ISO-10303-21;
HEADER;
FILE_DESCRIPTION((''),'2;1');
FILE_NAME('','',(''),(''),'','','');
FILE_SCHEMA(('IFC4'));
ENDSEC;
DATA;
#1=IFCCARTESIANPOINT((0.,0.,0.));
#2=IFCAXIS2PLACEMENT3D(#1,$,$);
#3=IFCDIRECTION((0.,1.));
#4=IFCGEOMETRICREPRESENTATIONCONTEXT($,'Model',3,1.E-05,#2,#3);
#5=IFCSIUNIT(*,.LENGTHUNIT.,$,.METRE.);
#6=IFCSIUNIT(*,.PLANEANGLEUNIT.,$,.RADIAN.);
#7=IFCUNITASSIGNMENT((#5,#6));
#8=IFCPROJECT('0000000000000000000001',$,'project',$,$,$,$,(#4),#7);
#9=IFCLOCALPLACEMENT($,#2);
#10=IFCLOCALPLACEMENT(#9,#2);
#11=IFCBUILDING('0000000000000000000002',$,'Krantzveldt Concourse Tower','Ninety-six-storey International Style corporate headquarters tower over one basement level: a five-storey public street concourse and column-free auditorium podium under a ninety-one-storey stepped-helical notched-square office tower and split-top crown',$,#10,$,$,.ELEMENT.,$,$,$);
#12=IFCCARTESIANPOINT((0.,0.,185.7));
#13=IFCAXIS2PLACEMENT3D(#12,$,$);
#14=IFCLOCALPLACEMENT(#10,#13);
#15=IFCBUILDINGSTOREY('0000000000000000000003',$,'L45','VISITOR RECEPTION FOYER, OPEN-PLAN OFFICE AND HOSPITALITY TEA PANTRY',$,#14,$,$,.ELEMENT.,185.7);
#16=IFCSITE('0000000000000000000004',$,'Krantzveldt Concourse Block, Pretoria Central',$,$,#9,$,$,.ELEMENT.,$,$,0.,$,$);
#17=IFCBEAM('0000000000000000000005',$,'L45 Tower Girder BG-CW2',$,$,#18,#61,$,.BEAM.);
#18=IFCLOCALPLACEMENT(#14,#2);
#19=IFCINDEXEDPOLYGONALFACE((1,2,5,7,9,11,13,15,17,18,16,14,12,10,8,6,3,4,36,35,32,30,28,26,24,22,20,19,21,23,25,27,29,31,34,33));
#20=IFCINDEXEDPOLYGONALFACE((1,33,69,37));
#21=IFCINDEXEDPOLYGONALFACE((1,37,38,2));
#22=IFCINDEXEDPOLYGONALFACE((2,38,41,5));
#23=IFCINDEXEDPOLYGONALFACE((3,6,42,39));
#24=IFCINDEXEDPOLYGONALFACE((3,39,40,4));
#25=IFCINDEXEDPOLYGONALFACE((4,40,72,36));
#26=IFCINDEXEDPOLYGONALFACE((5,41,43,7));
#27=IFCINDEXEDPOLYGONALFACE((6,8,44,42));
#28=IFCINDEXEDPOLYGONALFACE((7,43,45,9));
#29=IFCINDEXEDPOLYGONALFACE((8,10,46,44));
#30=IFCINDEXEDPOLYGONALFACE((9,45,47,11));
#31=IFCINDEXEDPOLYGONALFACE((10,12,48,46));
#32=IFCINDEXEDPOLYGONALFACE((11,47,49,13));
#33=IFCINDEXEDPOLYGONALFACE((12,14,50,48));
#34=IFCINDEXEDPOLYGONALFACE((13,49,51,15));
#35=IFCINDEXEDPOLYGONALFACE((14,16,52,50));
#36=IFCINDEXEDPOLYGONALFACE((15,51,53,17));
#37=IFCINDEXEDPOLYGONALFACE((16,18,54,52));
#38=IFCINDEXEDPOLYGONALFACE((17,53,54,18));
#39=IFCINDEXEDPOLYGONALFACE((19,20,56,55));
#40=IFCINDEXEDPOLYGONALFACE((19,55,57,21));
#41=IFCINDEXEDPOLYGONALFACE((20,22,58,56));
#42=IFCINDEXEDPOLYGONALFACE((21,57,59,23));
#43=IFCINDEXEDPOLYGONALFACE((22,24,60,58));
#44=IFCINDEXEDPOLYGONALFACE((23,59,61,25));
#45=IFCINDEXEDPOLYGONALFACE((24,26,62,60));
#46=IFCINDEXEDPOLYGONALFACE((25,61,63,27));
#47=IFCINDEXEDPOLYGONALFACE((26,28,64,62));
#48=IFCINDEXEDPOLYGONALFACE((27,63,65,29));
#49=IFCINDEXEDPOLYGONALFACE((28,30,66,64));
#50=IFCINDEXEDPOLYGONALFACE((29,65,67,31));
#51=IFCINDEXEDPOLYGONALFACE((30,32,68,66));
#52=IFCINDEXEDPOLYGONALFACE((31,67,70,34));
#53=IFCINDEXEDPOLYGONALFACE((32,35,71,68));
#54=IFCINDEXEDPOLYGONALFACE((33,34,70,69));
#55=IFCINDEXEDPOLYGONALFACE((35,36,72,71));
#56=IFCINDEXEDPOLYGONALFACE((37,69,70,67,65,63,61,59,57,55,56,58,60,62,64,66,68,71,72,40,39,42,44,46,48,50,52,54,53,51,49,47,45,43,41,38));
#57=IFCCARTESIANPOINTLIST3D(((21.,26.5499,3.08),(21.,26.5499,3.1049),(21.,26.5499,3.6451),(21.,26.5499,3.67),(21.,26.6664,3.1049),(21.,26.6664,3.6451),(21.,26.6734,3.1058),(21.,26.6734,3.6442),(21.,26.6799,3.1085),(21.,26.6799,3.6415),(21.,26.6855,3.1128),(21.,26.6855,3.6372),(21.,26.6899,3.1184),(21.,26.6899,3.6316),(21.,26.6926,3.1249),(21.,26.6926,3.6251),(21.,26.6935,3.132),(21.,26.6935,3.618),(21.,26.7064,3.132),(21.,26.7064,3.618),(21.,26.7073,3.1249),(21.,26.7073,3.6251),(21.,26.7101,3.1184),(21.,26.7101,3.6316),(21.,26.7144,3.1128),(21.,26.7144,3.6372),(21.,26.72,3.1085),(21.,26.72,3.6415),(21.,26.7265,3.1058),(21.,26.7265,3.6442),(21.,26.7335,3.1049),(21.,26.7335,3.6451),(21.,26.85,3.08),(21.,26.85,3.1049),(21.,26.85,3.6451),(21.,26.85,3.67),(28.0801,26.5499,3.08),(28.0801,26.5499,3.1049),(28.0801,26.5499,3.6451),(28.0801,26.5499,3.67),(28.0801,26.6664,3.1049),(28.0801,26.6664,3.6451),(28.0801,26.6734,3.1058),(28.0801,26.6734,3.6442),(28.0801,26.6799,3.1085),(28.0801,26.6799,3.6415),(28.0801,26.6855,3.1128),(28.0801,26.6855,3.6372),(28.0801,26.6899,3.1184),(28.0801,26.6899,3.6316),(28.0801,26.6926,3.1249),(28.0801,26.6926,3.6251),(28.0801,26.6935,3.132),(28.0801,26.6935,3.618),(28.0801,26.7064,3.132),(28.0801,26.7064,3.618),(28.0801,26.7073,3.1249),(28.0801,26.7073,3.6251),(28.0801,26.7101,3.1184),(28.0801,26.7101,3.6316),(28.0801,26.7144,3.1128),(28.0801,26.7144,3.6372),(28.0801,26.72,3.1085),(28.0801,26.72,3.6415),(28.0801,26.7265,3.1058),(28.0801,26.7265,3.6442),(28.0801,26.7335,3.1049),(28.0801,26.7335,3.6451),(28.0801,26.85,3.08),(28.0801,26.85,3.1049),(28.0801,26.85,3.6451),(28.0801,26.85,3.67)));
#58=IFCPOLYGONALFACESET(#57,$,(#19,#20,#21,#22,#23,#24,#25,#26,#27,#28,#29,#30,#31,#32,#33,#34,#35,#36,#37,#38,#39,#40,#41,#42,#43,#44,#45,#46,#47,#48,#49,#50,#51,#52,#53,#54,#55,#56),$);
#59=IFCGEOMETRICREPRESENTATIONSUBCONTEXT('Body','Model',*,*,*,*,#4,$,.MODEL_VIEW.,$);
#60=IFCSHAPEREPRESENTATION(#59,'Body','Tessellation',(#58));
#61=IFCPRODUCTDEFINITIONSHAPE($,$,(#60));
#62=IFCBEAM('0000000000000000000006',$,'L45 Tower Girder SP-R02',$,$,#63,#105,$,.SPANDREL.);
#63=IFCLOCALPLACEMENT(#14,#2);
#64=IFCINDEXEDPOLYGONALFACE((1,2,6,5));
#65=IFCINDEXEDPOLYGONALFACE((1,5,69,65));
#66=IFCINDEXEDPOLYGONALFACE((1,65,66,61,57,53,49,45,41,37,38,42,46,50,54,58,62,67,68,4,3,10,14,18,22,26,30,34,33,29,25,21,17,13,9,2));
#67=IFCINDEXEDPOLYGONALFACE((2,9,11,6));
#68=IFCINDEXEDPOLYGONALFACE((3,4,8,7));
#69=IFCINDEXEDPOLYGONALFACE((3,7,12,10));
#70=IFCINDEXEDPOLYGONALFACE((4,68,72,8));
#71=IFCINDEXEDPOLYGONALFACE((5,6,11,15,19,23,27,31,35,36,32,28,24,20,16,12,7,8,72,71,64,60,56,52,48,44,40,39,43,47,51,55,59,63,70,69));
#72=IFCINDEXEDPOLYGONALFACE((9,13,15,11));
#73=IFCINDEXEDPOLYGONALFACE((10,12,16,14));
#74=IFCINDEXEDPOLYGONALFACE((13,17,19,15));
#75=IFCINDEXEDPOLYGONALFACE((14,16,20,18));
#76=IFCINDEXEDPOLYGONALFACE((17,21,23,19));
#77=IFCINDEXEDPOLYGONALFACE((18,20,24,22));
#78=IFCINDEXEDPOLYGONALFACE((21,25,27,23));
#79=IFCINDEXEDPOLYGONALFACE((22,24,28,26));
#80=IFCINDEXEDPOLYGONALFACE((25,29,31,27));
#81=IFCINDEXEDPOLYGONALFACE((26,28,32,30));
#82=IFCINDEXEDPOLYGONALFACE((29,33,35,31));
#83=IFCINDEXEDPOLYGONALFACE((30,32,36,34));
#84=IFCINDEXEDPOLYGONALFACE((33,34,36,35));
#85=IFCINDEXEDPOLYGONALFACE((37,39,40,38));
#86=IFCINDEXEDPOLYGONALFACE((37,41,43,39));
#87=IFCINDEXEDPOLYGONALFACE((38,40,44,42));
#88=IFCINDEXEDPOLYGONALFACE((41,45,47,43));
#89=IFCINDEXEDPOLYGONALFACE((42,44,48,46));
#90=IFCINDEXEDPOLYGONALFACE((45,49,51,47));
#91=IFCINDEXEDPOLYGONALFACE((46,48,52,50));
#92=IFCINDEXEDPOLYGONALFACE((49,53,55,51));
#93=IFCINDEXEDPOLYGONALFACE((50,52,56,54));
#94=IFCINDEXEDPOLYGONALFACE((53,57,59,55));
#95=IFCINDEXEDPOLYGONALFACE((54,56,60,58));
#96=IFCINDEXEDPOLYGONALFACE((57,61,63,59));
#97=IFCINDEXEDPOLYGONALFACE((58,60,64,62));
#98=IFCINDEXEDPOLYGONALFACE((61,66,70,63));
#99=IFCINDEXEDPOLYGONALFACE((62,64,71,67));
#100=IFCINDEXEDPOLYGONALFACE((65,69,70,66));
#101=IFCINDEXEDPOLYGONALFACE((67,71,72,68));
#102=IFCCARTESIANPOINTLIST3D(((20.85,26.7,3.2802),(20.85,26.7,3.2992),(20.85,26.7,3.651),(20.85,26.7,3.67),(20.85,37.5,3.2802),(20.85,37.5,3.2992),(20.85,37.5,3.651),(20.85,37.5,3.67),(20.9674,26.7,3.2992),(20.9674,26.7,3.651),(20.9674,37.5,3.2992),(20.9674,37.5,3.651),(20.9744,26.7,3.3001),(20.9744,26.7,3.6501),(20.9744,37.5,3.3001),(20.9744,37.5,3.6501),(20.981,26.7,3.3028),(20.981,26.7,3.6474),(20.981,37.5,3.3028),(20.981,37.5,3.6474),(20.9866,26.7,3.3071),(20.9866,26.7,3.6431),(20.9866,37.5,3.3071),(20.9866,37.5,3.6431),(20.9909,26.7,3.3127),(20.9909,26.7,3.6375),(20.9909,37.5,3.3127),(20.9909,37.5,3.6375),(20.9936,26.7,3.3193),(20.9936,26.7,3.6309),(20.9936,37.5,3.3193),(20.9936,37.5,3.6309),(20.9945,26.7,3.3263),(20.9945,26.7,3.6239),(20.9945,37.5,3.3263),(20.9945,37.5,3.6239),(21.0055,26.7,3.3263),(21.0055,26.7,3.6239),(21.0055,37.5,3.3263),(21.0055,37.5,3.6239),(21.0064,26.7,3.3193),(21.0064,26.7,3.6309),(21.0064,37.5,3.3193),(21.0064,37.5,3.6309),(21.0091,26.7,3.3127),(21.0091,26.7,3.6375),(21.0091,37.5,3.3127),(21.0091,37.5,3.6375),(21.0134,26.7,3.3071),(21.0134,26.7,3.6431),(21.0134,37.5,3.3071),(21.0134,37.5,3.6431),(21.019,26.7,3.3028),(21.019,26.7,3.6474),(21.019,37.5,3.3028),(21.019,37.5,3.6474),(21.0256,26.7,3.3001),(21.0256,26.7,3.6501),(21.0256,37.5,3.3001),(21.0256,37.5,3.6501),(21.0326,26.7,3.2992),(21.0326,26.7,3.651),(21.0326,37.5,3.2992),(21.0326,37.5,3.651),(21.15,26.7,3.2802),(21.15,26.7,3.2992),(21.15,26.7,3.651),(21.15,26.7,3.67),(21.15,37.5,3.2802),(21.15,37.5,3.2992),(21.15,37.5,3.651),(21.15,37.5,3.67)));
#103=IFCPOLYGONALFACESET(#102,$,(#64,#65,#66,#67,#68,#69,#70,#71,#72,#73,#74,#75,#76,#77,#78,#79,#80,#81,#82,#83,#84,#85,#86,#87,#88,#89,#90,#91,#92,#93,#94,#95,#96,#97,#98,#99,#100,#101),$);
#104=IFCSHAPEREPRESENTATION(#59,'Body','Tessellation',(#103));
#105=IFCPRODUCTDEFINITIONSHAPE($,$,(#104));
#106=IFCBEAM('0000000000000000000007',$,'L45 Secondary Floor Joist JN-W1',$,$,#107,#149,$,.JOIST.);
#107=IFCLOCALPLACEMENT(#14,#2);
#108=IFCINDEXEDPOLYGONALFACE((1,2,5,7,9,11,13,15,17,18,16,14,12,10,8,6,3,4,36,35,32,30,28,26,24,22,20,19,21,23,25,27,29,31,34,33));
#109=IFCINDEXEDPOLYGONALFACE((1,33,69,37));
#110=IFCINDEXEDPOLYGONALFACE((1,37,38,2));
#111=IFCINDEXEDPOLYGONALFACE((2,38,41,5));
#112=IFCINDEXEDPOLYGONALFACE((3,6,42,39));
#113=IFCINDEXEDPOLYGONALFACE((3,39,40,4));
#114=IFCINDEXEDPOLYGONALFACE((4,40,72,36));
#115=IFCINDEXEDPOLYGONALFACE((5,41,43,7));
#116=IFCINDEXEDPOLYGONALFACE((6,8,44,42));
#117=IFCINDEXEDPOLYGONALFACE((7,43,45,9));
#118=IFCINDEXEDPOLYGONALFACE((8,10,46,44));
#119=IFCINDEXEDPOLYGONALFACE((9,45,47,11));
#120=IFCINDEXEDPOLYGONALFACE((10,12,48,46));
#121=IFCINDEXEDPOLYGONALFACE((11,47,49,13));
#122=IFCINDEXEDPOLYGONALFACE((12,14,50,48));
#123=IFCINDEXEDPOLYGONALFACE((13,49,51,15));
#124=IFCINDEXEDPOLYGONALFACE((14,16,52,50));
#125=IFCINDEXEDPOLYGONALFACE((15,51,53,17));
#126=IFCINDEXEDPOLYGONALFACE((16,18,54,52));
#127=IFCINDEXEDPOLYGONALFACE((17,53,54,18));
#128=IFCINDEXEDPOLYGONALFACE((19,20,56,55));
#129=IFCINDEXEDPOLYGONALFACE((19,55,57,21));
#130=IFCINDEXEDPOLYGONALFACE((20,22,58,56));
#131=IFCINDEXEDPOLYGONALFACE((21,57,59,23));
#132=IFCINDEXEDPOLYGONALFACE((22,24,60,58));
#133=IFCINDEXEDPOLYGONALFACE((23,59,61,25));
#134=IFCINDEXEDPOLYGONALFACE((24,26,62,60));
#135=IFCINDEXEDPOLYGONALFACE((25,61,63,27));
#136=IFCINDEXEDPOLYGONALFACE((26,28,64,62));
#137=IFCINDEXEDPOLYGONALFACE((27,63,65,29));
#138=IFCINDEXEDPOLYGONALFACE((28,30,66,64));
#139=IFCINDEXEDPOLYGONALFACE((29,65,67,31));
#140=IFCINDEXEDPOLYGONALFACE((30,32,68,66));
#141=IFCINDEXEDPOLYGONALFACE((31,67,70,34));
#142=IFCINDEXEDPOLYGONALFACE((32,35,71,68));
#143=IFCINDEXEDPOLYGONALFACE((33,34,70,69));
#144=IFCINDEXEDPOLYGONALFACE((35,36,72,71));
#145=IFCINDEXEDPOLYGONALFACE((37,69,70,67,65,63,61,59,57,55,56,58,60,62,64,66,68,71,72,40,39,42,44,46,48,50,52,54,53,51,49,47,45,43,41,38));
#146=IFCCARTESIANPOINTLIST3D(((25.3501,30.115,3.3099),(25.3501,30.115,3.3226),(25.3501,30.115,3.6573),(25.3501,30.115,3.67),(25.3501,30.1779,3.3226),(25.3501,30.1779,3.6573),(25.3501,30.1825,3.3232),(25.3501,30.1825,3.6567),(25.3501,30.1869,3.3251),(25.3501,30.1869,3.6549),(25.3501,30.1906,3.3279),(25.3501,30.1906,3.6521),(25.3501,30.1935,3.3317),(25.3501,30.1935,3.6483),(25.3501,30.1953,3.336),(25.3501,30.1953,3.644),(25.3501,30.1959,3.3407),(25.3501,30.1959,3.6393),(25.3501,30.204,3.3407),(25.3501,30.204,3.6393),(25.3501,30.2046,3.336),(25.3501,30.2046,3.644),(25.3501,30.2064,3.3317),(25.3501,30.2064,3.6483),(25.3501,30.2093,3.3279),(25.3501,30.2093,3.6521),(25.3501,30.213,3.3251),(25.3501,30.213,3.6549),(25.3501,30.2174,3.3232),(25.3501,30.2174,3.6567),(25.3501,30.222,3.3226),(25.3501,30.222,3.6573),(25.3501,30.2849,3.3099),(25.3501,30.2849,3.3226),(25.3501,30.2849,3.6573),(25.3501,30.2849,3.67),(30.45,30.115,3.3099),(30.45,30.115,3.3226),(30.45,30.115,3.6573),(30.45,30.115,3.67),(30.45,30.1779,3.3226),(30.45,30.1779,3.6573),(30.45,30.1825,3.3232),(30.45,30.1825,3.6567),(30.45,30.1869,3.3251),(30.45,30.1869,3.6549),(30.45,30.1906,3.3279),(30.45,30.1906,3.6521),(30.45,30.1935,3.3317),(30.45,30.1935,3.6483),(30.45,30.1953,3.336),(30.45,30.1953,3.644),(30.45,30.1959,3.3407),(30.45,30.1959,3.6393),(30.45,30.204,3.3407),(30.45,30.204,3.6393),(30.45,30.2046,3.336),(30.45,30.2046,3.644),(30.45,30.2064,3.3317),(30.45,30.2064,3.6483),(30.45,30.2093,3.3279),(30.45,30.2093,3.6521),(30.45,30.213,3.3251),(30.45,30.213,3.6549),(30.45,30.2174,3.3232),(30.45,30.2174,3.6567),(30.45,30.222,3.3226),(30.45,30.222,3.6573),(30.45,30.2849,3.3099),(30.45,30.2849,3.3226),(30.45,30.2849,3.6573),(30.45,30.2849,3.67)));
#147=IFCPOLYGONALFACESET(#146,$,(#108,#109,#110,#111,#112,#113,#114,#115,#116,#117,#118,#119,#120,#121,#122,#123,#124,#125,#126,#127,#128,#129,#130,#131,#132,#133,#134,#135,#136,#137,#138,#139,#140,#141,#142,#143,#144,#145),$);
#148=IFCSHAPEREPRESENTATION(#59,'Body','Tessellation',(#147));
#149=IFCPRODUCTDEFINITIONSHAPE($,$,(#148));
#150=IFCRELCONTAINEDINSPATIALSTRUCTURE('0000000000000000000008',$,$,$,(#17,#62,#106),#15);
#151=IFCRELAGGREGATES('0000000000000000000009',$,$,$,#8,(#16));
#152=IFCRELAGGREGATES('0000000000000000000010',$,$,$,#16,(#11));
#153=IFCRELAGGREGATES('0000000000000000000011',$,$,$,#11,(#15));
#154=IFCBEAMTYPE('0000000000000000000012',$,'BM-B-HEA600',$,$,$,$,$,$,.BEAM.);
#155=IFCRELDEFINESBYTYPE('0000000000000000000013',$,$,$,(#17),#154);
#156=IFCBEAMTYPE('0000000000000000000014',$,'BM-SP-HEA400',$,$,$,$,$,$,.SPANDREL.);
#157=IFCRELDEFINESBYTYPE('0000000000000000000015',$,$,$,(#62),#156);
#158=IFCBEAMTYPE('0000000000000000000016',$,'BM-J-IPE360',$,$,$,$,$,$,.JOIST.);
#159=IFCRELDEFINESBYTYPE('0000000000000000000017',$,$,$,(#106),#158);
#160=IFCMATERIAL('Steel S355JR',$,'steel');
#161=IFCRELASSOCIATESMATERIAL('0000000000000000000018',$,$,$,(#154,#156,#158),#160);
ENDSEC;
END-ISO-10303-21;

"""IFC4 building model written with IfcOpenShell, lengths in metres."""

from ifc_helpers import new_model, si_unit, direction, frame, origin, origin_2d, place, context, subcontext, project, spatial, i_section, extrude, source, transform, mapped, material, material_profile, profile_set, type_object, type_shapes, element, save


model = new_model("IFC4")

# Units and contexts
model_context = context("Model", 3, precision=1e-05, world=origin(), true_north=direction((0.0, 1.0)))
body_context = subcontext(model_context, "Body", "Model", "MODEL_VIEW")
ifc_project = project(units=[si_unit("LENGTHUNIT", "METRE"), si_unit("PLANEANGLEUNIT", "RADIAN")], contexts=[model_context])

# Site, building, storey
site_placement = place(None, origin())
site = spatial("IfcSite", under=ifc_project, at=site_placement, Name="Krantzveldt Concourse Block, Pretoria Central", CompositionType="ELEMENT", RefElevation=0.0)
building_placement = place(site_placement, origin())
building = spatial("IfcBuilding", under=site, at=building_placement, Name="Krantzveldt Concourse Tower", Description="Ninety-six-storey International Style corporate headquarters tower over one basement level: a five-storey public street concourse and column-free auditorium podium under a ninety-one-storey stepped-helical notched-square office tower and split-top crown", CompositionType="ELEMENT")
storey_placement = place(building_placement, frame((0.0, 0.0, 185.7)))
storey = spatial("IfcBuildingStorey", under=building, at=storey_placement, Name="L45", Description="VISITOR RECEPTION FOYER, OPEN-PLAN OFFICE AND HOSPITALITY TEA PANTRY", CompositionType="ELEMENT", Elevation=185.7)

# Beams
ifc_material_1 = material(Name="Steel S355JR", Category="steel")
ifc_material_profile_1 = material_profile(ifc_material_1, i_section(OverallWidth=0.3, OverallDepth=0.5901, WebThickness=0.0129, FlangeThickness=0.0249, FilletRadius=0.0271, at=origin_2d()), Name="Steel S355JR", Category="steel")
ifc_profile_set_1 = profile_set([ifc_material_profile_1], Name="Steel S355JR - HEA 600")
beam_type_1 = type_object("IfcBeamType", Name="BM-B-HEA600", PredefinedType="BEAM", material=ifc_profile_set_1)
shared_shape_1 = source(origin(), body_context, "Body", "SweptSolid", [
    extrude(i_section(OverallWidth=0.3, OverallDepth=0.5901, WebThickness=0.0129, FlangeThickness=0.0249, FilletRadius=0.0271, at=origin_2d()), origin(), (0.0, 0.0, 1.0), 7.0801),
])
type_shapes(beam_type_1, [shared_shape_1])
beam_1_placement = place(storey_placement, frame((21.0, 26.7, 3.375), z_axis=(1.0, 0.0, 0.0), x_axis=(0.0, 1.0, 0.0)))
element("IfcBeam", 1, at=beam_1_placement, inside=storey, type_object=beam_type_1, Name="L45 Tower Girder BG-CW2", PredefinedType="BEAM", context=body_context, shape_type="MappedRepresentation", body=[
    mapped(shared_shape_1, transform((0.0, 0.0, 0.0), x_axis=(1.0, 0.0, 0.0), y_axis=(0.0, 1.0, 0.0), z_axis=(0.0, 0.0, 1.0), scale=1.0)),
])
ifc_material_profile_2 = material_profile(ifc_material_1, i_section(OverallWidth=0.3, OverallDepth=0.3899, WebThickness=0.011, FlangeThickness=0.019, FilletRadius=0.0271, at=origin_2d()), Name="Steel S355JR", Category="steel")
ifc_profile_set_2 = profile_set([ifc_material_profile_2], Name="Steel S355JR - HEA 400")
beam_type_2 = type_object("IfcBeamType", Name="BM-SP-HEA400", PredefinedType="SPANDREL", material=ifc_profile_set_2)
shared_shape_2 = source(origin(), body_context, "Body", "SweptSolid", [
    extrude(i_section(OverallWidth=0.3, OverallDepth=0.3899, WebThickness=0.011, FlangeThickness=0.019, FilletRadius=0.0271, at=origin_2d()), origin(), (0.0, 0.0, 1.0), 10.8),
])
type_shapes(beam_type_2, [shared_shape_2])
beam_2_placement = place(storey_placement, frame((21.0, 26.7, 3.4751), z_axis=(0.0, 1.0, 0.0), x_axis=(-1.0, 0.0, 0.0)))
element("IfcBeam", 2, at=beam_2_placement, inside=storey, type_object=beam_type_2, Name="L45 Tower Girder SP-R02", PredefinedType="SPANDREL", context=body_context, shape_type="MappedRepresentation", body=[
    mapped(shared_shape_2, transform((0.0, 0.0, 0.0), x_axis=(1.0, 0.0, 0.0), y_axis=(0.0, 1.0, 0.0), z_axis=(0.0, 0.0, 1.0), scale=1.0)),
])
ifc_material_profile_3 = material_profile(ifc_material_1, i_section(OverallWidth=0.1699, OverallDepth=0.3601, WebThickness=0.0081, FlangeThickness=0.0127, FilletRadius=0.0181, at=origin_2d()), Name="Steel S355JR", Category="steel")
ifc_profile_set_3 = profile_set([ifc_material_profile_3], Name="Steel S355JR - IPE 360")
beam_type_3 = type_object("IfcBeamType", Name="BM-J-IPE360", PredefinedType="JOIST", material=ifc_profile_set_3)
shared_shape_3 = source(origin(), body_context, "Body", "SweptSolid", [
    extrude(i_section(OverallWidth=0.1699, OverallDepth=0.3601, WebThickness=0.0081, FlangeThickness=0.0127, FilletRadius=0.0181, at=origin_2d()), origin(), (0.0, 0.0, 1.0), 5.0999),
])
type_shapes(beam_type_3, [shared_shape_3])
for number, where, z_axis, x_axis, name in (
    (3, (25.3501, 30.2, 3.49), (1.0, 0.0, 0.0), (0.0, 1.0, 0.0), "L45 Secondary Floor Joist JN-W1"),
):
    element("IfcBeam", number, at=place(storey_placement, frame(where, z_axis=z_axis, x_axis=x_axis)), inside=storey, type_object=beam_type_3, Name=name, PredefinedType="JOIST", context=body_context, shape_type="MappedRepresentation", body=[
        mapped(shared_shape_3, transform((0.0, 0.0, 0.0), x_axis=(1.0, 0.0, 0.0), y_axis=(0.0, 1.0, 0.0), z_axis=(0.0, 0.0, 1.0), scale=1.0)),
    ])

save(model, "model.ifc")
